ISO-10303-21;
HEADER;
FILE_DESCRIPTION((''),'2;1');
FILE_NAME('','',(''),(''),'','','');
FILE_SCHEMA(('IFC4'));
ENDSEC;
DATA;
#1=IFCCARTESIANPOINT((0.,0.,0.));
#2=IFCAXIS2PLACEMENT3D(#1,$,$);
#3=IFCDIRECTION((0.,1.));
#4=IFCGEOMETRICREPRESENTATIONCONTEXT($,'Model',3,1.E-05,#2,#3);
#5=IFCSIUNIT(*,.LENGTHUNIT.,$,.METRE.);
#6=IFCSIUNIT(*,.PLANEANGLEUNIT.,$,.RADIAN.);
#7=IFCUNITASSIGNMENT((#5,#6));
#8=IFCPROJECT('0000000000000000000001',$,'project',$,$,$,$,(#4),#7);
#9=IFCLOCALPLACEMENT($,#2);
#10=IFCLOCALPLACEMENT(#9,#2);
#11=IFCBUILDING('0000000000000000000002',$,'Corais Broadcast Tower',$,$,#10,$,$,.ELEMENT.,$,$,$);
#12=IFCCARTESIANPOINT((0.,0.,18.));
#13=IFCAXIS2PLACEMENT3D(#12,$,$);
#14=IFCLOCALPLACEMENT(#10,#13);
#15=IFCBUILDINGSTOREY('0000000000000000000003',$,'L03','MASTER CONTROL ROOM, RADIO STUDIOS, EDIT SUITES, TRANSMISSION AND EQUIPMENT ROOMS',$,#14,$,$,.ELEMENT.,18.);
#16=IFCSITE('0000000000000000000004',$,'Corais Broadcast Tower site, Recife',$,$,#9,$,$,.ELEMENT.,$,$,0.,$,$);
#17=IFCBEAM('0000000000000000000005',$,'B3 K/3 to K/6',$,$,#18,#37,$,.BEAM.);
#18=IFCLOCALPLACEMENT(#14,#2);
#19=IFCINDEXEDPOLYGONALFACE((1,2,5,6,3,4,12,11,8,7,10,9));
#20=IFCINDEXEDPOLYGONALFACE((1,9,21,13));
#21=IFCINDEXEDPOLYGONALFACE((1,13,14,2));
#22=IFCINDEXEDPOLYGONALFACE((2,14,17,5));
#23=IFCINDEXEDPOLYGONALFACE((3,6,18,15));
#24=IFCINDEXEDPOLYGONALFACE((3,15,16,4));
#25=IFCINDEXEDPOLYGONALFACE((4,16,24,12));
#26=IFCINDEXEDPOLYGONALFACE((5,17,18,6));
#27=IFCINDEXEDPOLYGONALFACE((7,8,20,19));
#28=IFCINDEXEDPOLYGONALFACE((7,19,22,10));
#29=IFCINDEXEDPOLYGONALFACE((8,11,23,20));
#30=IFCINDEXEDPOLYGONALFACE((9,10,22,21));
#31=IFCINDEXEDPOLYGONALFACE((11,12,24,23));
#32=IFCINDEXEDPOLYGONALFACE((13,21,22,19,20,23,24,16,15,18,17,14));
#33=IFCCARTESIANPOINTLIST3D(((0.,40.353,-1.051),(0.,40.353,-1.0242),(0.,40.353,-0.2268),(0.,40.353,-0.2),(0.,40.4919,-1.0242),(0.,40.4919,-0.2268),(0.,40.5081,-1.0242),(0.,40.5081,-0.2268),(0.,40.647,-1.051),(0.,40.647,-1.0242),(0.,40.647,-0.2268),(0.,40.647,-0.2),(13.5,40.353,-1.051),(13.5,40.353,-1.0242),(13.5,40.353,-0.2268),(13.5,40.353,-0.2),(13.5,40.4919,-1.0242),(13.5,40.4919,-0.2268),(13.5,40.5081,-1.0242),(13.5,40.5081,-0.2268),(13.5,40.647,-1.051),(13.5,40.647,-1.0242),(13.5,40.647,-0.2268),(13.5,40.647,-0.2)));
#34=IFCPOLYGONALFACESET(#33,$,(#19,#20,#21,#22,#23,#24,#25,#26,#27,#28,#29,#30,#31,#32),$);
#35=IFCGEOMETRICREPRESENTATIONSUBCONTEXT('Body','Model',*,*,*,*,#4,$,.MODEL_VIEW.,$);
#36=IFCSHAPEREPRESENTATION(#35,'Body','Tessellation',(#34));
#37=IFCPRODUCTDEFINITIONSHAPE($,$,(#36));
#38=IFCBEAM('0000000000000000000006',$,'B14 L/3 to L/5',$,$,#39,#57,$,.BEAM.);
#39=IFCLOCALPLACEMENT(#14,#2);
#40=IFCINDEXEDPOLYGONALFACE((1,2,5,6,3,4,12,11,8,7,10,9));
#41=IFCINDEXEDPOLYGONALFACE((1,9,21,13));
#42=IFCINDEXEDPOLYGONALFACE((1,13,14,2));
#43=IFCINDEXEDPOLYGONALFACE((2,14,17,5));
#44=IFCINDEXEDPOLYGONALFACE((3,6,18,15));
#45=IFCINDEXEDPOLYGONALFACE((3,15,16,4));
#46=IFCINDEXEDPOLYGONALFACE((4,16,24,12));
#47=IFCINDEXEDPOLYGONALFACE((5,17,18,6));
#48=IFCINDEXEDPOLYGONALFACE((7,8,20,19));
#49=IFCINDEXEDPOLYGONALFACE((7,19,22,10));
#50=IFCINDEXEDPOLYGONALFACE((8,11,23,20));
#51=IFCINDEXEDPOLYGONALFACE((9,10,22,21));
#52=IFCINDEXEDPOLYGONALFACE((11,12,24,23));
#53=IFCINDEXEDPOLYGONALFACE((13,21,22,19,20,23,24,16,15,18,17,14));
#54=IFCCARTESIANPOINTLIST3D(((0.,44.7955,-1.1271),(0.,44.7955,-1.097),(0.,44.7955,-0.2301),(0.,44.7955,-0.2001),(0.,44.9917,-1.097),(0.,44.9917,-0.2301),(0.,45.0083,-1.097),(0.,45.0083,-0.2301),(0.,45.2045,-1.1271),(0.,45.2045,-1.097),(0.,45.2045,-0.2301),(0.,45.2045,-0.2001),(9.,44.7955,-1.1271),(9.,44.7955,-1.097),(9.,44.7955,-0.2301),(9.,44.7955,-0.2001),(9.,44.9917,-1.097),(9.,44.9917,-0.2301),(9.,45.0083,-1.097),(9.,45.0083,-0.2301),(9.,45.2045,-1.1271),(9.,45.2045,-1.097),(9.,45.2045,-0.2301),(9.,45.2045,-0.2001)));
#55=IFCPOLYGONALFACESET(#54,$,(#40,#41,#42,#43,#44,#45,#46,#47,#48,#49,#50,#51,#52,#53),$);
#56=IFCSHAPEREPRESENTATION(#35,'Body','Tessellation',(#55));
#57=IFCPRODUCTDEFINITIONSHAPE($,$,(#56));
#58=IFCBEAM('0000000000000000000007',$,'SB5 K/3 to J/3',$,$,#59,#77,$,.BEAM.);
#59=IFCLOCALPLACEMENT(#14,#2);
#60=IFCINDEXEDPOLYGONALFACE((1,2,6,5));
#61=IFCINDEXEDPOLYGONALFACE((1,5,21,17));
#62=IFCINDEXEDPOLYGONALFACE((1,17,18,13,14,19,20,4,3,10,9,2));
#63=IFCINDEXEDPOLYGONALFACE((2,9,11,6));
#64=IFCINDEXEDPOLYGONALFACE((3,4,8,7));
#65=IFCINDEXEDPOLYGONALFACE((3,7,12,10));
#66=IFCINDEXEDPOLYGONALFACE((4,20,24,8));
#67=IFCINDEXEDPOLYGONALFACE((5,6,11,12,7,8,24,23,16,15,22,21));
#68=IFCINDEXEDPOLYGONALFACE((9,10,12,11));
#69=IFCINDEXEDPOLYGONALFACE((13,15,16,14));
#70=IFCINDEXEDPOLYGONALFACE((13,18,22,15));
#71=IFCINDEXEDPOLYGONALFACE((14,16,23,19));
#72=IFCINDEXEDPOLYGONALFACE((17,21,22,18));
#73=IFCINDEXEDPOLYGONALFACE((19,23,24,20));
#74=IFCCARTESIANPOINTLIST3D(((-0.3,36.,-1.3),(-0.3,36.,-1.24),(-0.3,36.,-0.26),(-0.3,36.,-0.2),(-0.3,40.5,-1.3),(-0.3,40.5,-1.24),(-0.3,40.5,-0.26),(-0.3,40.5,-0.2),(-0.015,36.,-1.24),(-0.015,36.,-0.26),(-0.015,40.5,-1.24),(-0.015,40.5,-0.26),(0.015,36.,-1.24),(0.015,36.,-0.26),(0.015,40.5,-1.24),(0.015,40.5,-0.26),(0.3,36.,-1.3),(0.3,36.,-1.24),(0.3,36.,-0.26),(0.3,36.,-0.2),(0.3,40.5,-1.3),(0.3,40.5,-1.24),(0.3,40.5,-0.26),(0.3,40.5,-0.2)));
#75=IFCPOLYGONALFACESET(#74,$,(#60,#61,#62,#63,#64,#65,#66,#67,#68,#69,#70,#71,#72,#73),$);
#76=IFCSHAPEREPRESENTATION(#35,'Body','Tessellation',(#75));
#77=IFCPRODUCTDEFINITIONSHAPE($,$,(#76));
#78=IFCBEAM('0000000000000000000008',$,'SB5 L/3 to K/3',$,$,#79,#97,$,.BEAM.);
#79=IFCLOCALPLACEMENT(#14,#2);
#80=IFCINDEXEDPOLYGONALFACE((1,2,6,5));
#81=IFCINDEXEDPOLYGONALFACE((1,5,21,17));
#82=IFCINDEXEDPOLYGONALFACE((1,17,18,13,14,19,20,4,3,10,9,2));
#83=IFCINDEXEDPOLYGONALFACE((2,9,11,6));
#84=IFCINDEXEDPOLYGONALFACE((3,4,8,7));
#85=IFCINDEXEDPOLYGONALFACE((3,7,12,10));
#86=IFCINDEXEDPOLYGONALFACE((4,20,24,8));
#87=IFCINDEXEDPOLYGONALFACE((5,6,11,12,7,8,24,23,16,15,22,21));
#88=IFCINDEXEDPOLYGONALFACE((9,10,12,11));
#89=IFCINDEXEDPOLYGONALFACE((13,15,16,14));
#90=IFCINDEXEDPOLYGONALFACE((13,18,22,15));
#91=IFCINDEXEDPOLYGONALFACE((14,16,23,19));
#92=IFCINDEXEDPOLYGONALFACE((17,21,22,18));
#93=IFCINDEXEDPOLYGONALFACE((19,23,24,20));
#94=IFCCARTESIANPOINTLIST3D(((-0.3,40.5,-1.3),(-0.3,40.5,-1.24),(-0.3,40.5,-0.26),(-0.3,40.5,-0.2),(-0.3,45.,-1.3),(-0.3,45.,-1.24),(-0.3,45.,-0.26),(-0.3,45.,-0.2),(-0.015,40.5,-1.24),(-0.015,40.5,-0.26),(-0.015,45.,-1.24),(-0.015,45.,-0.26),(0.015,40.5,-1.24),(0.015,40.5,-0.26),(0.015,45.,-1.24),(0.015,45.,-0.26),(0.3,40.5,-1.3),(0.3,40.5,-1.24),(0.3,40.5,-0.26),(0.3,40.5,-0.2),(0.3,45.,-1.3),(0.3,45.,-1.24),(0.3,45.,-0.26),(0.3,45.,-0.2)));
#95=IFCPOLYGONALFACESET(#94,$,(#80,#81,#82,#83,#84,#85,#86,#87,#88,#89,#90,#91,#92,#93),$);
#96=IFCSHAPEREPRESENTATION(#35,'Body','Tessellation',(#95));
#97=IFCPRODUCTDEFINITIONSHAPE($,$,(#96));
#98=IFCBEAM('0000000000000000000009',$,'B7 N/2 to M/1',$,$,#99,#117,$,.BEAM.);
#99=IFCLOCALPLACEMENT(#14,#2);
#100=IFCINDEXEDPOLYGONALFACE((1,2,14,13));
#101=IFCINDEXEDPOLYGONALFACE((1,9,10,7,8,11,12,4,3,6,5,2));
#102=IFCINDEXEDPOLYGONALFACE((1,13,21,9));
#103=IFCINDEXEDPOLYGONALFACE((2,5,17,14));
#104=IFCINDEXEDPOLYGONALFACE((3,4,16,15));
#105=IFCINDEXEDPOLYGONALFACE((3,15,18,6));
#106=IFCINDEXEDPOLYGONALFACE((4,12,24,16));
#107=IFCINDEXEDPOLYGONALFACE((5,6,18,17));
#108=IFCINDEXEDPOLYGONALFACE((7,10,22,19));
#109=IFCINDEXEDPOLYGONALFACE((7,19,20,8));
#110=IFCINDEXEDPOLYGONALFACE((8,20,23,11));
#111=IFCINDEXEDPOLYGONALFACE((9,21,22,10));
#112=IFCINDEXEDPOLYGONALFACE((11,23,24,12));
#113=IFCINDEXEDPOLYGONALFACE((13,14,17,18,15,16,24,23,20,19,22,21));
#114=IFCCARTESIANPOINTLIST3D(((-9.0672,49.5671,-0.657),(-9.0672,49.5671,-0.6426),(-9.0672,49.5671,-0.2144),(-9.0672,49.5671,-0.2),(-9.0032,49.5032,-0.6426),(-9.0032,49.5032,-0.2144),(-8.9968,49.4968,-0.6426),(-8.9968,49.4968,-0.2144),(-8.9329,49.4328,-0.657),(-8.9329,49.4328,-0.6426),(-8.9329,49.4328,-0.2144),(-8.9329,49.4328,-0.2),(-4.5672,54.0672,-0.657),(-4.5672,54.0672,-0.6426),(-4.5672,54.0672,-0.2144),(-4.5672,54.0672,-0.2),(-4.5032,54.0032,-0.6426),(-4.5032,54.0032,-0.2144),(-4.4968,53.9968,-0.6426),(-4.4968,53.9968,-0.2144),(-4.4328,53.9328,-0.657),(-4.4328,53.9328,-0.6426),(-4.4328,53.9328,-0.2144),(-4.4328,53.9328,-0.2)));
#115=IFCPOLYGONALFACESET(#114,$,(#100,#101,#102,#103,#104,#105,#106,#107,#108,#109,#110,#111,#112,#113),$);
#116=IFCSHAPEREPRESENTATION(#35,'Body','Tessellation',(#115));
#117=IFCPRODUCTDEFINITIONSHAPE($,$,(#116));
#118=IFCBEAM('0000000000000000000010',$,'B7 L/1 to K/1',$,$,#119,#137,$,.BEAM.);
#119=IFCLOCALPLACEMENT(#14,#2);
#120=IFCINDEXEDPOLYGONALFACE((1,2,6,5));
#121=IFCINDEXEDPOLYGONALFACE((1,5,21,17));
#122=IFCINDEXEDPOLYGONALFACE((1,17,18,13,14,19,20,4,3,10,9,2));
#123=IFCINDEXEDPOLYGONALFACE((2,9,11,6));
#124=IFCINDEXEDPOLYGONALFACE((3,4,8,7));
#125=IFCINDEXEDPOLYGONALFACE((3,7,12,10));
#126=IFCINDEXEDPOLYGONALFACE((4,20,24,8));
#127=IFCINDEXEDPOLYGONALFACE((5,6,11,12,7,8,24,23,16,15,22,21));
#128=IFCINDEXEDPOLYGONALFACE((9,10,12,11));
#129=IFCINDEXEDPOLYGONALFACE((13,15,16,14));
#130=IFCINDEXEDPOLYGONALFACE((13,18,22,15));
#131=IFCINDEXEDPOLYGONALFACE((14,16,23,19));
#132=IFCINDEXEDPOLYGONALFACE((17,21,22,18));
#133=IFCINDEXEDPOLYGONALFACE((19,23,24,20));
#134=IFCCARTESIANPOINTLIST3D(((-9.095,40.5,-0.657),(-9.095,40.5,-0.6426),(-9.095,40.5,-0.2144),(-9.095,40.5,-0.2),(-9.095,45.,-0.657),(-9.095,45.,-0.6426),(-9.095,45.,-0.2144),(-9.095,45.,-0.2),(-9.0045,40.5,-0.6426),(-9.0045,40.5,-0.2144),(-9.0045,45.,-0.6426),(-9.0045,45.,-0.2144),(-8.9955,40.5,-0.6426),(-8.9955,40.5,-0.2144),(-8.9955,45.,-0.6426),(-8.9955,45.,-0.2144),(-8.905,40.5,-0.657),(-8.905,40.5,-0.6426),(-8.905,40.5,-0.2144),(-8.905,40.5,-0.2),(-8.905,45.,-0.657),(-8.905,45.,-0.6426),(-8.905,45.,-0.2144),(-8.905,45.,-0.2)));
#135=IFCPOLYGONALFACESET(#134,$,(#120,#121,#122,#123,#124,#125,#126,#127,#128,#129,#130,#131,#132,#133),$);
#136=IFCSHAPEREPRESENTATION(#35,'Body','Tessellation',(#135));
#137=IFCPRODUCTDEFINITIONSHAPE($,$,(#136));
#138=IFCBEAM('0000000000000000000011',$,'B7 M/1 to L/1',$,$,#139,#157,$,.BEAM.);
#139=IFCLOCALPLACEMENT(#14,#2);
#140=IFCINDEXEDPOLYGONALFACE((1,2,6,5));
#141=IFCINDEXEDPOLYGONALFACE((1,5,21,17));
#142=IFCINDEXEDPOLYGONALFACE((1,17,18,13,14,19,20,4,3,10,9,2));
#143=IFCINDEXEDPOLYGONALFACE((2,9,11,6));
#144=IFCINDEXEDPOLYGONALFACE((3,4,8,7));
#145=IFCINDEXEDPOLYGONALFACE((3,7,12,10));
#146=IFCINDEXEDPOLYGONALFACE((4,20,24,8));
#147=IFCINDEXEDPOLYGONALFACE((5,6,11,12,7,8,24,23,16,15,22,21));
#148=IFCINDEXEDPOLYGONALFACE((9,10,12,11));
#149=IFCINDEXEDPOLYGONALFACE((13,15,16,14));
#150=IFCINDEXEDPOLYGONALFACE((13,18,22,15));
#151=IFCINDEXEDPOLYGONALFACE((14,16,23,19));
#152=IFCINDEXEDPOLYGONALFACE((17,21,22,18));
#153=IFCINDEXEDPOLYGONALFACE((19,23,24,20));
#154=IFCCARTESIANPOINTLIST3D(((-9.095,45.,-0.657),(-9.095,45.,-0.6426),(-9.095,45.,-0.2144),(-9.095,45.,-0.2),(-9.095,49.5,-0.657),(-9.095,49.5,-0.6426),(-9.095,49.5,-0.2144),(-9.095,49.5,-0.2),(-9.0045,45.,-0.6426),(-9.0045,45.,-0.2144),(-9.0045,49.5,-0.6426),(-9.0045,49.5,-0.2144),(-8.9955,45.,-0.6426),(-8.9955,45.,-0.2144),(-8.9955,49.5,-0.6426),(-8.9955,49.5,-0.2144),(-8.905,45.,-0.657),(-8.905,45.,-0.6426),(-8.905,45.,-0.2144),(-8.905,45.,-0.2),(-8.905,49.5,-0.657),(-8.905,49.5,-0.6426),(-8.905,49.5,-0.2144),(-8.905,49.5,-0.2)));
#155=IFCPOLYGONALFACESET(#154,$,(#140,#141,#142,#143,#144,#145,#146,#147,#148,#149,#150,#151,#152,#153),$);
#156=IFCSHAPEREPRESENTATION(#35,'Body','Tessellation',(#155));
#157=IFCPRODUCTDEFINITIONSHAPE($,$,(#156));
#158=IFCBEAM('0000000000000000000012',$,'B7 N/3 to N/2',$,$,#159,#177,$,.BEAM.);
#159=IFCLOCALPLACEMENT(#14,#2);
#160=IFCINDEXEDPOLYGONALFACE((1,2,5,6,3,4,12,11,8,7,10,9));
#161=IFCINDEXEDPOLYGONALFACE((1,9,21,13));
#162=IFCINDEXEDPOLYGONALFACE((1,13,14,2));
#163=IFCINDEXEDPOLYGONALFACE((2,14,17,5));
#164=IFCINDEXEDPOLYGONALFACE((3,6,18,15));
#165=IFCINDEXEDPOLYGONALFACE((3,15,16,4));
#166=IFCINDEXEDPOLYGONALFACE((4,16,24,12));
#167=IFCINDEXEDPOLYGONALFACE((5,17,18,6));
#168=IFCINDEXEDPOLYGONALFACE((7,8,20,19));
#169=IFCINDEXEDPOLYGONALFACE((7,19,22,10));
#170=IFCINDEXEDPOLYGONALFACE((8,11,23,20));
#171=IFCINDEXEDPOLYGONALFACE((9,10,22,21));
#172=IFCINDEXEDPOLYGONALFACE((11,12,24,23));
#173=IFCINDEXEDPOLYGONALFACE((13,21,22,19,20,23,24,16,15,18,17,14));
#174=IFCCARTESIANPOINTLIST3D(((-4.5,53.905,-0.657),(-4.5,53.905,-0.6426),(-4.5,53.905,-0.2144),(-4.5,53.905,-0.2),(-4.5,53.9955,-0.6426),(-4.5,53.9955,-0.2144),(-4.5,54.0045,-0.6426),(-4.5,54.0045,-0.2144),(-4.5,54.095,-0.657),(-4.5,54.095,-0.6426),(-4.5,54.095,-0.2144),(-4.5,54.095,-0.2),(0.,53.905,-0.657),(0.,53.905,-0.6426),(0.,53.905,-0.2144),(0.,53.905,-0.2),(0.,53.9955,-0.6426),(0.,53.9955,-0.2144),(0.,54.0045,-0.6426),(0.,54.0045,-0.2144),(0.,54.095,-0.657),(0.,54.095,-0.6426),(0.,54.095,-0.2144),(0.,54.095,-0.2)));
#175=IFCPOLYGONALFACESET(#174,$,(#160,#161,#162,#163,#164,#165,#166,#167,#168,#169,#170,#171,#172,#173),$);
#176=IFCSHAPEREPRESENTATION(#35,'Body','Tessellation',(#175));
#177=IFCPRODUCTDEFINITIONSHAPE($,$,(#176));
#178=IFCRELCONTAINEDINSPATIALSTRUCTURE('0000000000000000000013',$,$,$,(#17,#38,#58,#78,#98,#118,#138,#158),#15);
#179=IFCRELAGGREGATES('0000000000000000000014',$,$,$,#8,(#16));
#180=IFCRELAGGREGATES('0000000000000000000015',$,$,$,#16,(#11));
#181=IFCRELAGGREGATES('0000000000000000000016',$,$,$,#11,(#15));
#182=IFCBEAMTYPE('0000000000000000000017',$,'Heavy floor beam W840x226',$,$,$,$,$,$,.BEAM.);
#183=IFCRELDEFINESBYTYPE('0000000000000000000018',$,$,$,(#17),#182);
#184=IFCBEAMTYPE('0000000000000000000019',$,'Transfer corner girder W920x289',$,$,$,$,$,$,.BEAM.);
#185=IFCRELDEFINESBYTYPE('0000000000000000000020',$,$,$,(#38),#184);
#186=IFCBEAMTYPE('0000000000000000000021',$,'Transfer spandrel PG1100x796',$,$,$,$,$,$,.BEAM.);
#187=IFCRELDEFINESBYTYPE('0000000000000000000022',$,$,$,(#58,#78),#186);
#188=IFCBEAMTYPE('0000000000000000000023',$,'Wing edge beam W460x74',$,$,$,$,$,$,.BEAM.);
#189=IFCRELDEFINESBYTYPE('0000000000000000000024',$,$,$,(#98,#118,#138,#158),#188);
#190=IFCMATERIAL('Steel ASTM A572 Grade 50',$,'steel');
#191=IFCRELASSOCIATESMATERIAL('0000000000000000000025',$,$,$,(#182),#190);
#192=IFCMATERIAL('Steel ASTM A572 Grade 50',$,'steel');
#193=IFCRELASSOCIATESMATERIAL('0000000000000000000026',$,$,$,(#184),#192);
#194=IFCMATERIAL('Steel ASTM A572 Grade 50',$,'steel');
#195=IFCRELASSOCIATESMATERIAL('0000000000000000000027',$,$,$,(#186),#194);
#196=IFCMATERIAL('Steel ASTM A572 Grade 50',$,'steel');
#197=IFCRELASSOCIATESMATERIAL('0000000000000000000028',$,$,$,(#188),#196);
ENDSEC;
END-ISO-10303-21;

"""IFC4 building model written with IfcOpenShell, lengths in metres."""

from ifc_helpers import new_model, si_unit, direction, frame, origin, origin_2d, place, context, subcontext, project, spatial, i_section, extrude, material, material_profile, profile_set, type_object, element, save


model = new_model("IFC4")

# Units and contexts
model_context = context("Model", 3, precision=1e-05, world=origin(), true_north=direction((0.0, 1.0)))
body_context = subcontext(model_context, "Body", "Model", "MODEL_VIEW")
ifc_project = project(units=[si_unit("LENGTHUNIT", "METRE"), si_unit("PLANEANGLEUNIT", "RADIAN")], contexts=[model_context])

# Site, building, storey
site_placement = place(None, origin())
site = spatial("IfcSite", under=ifc_project, at=site_placement, Name="Corais Broadcast Tower site, Recife", CompositionType="ELEMENT", RefElevation=0.0)
building_placement = place(site_placement, origin())
building = spatial("IfcBuilding", under=site, at=building_placement, Name="Corais Broadcast Tower", CompositionType="ELEMENT")
storey_placement = place(building_placement, frame((0.0, 0.0, 18.0)))
storey = spatial("IfcBuildingStorey", under=building, at=storey_placement, Name="L03", Description="MASTER CONTROL ROOM, RADIO STUDIOS, EDIT SUITES, TRANSMISSION AND EQUIPMENT ROOMS", CompositionType="ELEMENT", Elevation=18.0)

# Beams
ifc_material_1 = material(Name="Steel ASTM A572 Grade 50", Category="steel")
ifc_material_profile_1 = material_profile(ifc_material_1, i_section(OverallWidth=0.2939, OverallDepth=0.8511, WebThickness=0.0161, FlangeThickness=0.0269, at=origin_2d()), Name="W840x226")
ifc_profile_set_1 = profile_set([ifc_material_profile_1], Name="Steel ASTM A572 Grade 50")
beam_type_1 = type_object("IfcBeamType", Name="Heavy floor beam W840x226", PredefinedType="BEAM", material=ifc_profile_set_1)
beam_1_placement = place(storey_placement, frame((0.0, 40.5, -0.6255), z_axis=(1.0, 0.0, 0.0), x_axis=(0.0, 1.0, 0.0)))
element("IfcBeam", 1, at=beam_1_placement, inside=storey, type_object=beam_type_1, Name="B3 K/3 to K/6", PredefinedType="BEAM", context=body_context, shape_type="SweptSolid", body=[
    extrude(i_section(OverallWidth=0.2939, OverallDepth=0.8511, WebThickness=0.0161, FlangeThickness=0.0269, at=origin_2d()), origin(), (0.0, 0.0, 1.0), 13.5),
])
ifc_material_2 = material(Name="Steel ASTM A572 Grade 50", Category="steel")
ifc_material_profile_2 = material_profile(ifc_material_2, i_section(OverallWidth=0.4089, OverallDepth=0.927, WebThickness=0.0166, FlangeThickness=0.03, at=origin_2d()), Name="W920x289")
ifc_profile_set_2 = profile_set([ifc_material_profile_2], Name="Steel ASTM A572 Grade 50")
beam_type_2 = type_object("IfcBeamType", Name="Transfer corner girder W920x289", PredefinedType="BEAM", material=ifc_profile_set_2)
beam_2_placement = place(storey_placement, frame((0.0, 45.0, -0.6636), z_axis=(1.0, 0.0, 0.0), x_axis=(0.0, 1.0, 0.0)))
element("IfcBeam", 2, at=beam_2_placement, inside=storey, type_object=beam_type_2, Name="B14 L/3 to L/5", PredefinedType="BEAM", context=body_context, shape_type="SweptSolid", body=[
    extrude(i_section(OverallWidth=0.4089, OverallDepth=0.927, WebThickness=0.0166, FlangeThickness=0.03, at=origin_2d()), origin(), (0.0, 0.0, 1.0), 9.0),
])
ifc_material_3 = material(Name="Steel ASTM A572 Grade 50", Category="steel")
ifc_material_profile_3 = material_profile(ifc_material_3, i_section(OverallWidth=0.6001, OverallDepth=1.1001, WebThickness=0.03, FlangeThickness=0.0601, at=origin_2d()), Name="PG1100x796")
ifc_profile_set_3 = profile_set([ifc_material_profile_3], Name="Steel ASTM A572 Grade 50")
beam_type_3 = type_object("IfcBeamType", Name="Transfer spandrel PG1100x796", PredefinedType="BEAM", material=ifc_profile_set_3)
for number, where, z_axis, x_axis, name in (
    (3, (0.0, 40.5, -0.75), (0.0, -1.0, 0.0), (1.0, 0.0, 0.0), "SB5 K/3 to J/3"),
    (4, (0.0, 45.0, -0.75), (0.0, -1.0, 0.0), (1.0, 0.0, 0.0), "SB5 L/3 to K/3"),
):
    element("IfcBeam", number, at=place(storey_placement, frame(where, z_axis=z_axis, x_axis=x_axis)), inside=storey, type_object=beam_type_3, Name=name, PredefinedType="BEAM", context=body_context, shape_type="SweptSolid", body=[
        extrude(i_section(OverallWidth=0.6001, OverallDepth=1.1001, WebThickness=0.03, FlangeThickness=0.0601, at=origin_2d()), origin(), (0.0, 0.0, 1.0), 4.5),
    ])
ifc_material_4 = material(Name="Steel ASTM A572 Grade 50", Category="steel")
ifc_material_profile_4 = material_profile(ifc_material_4, i_section(OverallWidth=0.1899, OverallDepth=0.457, WebThickness=0.009, FlangeThickness=0.0144, at=origin_2d()), Name="W460x74")
ifc_profile_set_4 = profile_set([ifc_material_profile_4], Name="Steel ASTM A572 Grade 50")
beam_type_4 = type_object("IfcBeamType", Name="Wing edge beam W460x74", PredefinedType="BEAM", material=ifc_profile_set_4)
beam_3_placement = place(storey_placement, frame((-4.5, 54.0, -0.4285), z_axis=(-0.707107, -0.707107, 0.0), x_axis=(0.707107, -0.707107, 0.0)))
element("IfcBeam", 5, at=beam_3_placement, inside=storey, type_object=beam_type_4, Name="B7 N/2 to M/1", PredefinedType="BEAM", context=body_context, shape_type="SweptSolid", body=[
    extrude(i_section(OverallWidth=0.1899, OverallDepth=0.457, WebThickness=0.009, FlangeThickness=0.0144, at=origin_2d()), origin(), (0.0, 0.0, 1.0), 6.364),
])
for number, where, z_axis, x_axis, name in (
    (6, (-9.0, 45.0, -0.4285), (0.0, -1.0, 0.0), (1.0, 0.0, 0.0), "B7 L/1 to K/1"),
    (7, (-9.0, 49.5, -0.4285), (0.0, -1.0, 0.0), (1.0, 0.0, 0.0), "B7 M/1 to L/1"),
    (8, (0.0, 54.0, -0.4285), (-1.0, 0.0, 0.0), (0.0, -1.0, 0.0), "B7 N/3 to N/2"),
):
    element("IfcBeam", number, at=place(storey_placement, frame(where, z_axis=z_axis, x_axis=x_axis)), inside=storey, type_object=beam_type_4, Name=name, PredefinedType="BEAM", context=body_context, shape_type="SweptSolid", body=[
        extrude(i_section(OverallWidth=0.1899, OverallDepth=0.457, WebThickness=0.009, FlangeThickness=0.0144, at=origin_2d()), origin(), (0.0, 0.0, 1.0), 4.5),
    ])

save(model, "model.ifc")
